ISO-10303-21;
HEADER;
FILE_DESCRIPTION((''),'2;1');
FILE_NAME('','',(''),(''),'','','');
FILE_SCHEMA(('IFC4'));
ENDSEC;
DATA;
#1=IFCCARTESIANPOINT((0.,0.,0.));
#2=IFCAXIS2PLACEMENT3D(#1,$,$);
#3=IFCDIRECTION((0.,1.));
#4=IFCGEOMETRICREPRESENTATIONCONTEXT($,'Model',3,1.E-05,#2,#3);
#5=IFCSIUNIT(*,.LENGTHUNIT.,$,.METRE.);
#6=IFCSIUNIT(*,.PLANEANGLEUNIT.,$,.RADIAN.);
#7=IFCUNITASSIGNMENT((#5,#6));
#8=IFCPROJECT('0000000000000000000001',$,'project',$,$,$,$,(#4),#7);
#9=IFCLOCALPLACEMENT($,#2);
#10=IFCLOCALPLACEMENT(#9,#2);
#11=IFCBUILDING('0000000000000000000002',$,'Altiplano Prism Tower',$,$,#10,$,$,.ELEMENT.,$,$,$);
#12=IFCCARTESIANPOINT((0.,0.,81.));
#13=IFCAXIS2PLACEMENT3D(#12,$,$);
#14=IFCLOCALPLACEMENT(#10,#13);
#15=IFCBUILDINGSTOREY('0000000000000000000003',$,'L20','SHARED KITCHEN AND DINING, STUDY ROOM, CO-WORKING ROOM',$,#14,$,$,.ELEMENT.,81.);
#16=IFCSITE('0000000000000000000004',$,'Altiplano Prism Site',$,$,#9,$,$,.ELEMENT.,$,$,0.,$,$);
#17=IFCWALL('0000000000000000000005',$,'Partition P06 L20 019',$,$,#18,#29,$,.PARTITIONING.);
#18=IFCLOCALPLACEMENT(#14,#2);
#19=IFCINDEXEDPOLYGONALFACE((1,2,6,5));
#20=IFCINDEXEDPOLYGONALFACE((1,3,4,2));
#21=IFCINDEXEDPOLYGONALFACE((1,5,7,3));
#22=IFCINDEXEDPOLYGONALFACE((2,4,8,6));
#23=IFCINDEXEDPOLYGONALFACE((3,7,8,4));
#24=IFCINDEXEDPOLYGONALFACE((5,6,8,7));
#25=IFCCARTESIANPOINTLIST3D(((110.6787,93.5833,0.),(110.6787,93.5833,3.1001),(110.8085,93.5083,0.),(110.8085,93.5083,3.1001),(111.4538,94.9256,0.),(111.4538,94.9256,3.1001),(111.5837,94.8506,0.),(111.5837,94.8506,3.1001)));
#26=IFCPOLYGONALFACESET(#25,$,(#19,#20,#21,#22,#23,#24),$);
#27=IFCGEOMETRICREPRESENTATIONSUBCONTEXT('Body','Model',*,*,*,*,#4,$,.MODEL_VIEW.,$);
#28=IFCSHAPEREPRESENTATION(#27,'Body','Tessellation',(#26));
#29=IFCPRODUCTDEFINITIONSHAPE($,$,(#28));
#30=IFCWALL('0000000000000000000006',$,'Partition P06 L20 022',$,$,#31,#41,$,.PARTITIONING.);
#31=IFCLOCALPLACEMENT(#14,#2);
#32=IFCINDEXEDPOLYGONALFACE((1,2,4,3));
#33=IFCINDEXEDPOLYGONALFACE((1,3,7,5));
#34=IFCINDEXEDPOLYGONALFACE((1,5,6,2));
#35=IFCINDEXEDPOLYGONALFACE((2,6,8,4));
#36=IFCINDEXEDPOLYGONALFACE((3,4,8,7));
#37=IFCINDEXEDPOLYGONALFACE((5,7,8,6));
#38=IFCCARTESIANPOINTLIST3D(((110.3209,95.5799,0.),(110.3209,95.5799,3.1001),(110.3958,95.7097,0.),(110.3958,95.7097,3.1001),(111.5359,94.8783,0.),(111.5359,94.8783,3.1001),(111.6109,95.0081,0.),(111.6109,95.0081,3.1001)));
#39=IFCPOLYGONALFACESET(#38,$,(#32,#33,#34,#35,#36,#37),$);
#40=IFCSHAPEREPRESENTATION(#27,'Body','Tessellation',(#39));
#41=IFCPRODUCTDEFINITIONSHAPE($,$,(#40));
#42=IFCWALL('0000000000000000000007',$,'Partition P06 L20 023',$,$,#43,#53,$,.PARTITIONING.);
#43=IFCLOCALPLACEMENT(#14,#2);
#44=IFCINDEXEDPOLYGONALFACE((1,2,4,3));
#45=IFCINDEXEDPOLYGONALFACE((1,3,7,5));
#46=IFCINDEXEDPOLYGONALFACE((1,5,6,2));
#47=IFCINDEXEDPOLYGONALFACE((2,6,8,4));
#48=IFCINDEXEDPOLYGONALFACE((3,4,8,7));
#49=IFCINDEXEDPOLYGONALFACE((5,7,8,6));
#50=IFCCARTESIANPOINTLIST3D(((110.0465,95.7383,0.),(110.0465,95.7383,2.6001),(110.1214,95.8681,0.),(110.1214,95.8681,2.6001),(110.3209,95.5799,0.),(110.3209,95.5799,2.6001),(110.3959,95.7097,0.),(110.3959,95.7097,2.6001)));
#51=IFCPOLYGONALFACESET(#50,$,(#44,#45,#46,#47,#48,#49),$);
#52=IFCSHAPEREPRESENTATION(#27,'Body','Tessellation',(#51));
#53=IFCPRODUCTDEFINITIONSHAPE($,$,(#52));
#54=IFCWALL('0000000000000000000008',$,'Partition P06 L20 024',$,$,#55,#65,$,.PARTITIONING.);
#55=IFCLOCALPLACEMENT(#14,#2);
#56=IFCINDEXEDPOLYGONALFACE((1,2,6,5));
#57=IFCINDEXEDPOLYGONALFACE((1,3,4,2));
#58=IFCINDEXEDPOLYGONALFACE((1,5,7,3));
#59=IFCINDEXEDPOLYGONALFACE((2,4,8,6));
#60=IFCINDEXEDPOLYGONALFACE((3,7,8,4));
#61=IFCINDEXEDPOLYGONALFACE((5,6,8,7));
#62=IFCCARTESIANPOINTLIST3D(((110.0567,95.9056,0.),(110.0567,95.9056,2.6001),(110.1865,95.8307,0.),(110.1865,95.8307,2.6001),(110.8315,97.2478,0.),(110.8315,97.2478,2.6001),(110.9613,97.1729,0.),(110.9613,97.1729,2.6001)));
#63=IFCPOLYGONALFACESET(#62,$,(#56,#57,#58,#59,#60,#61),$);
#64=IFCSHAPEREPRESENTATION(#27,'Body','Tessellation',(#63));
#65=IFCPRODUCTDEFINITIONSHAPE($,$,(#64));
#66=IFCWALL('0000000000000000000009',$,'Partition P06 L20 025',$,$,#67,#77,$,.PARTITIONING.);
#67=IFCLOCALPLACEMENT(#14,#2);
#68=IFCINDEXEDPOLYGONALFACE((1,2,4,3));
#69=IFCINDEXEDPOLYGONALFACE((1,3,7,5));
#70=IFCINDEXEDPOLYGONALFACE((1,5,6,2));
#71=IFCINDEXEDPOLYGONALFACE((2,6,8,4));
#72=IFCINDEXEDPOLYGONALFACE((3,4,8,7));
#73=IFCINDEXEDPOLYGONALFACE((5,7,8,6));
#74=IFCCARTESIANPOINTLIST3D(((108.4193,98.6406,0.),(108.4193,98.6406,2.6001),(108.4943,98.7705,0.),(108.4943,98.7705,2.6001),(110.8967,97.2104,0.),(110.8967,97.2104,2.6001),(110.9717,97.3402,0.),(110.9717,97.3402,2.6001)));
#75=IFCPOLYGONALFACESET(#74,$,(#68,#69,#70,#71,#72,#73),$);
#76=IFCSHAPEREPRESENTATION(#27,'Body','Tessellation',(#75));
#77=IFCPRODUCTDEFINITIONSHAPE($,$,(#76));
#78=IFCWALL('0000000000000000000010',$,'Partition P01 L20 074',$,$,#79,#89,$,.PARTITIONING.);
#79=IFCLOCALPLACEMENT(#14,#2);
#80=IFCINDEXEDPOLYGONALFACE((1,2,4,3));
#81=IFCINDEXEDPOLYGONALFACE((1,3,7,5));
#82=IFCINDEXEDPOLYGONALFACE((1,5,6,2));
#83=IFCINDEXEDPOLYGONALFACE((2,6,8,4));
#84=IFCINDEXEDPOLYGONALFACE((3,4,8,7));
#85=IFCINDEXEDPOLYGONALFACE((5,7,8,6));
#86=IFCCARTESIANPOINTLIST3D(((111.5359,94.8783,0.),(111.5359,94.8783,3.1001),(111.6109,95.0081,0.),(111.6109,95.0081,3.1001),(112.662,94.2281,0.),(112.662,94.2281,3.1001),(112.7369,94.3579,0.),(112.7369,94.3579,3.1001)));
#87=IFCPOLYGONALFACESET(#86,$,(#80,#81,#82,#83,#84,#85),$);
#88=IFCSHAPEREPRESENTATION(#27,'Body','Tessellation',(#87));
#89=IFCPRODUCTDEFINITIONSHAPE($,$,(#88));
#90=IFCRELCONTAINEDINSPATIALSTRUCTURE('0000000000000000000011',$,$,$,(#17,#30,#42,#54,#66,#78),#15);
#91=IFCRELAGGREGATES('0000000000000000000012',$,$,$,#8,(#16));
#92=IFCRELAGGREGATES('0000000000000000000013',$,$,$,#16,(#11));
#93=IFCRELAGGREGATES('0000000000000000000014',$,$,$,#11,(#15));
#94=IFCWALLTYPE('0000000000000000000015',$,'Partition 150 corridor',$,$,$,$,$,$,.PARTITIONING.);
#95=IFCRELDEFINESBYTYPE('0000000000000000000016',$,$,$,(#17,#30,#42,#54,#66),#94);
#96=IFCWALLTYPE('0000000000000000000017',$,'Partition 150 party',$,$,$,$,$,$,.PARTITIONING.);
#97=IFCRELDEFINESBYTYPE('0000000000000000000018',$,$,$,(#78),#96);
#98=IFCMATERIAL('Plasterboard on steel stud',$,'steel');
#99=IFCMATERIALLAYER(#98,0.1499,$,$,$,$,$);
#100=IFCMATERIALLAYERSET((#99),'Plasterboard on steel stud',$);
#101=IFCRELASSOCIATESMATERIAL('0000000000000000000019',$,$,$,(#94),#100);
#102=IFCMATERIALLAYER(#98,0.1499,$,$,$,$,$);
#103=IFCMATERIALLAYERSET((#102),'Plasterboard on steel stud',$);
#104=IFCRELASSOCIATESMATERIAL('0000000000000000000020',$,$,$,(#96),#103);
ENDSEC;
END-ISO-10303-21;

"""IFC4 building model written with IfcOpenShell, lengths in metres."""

from ifc_helpers import new_model, si_unit, direction, frame, frame_2d, origin, place, context, subcontext, project, spatial, rectangle, extrude, material, layer, layer_set, type_object, element, save


model = new_model("IFC4")

# Units and contexts
model_context = context("Model", 3, precision=1e-05, world=origin(), true_north=direction((0.0, 1.0)))
body_context = subcontext(model_context, "Body", "Model", "MODEL_VIEW")
ifc_project = project(units=[si_unit("LENGTHUNIT", "METRE"), si_unit("PLANEANGLEUNIT", "RADIAN")], contexts=[model_context])

# Site, building, storey
site_placement = place(None, origin())
site = spatial("IfcSite", under=ifc_project, at=site_placement, Name="Altiplano Prism Site", CompositionType="ELEMENT", RefElevation=0.0)
building_placement = place(site_placement, origin())
building = spatial("IfcBuilding", under=site, at=building_placement, Name="Altiplano Prism Tower", CompositionType="ELEMENT")
storey_placement = place(building_placement, frame((0.0, 0.0, 81.0)))
storey = spatial("IfcBuildingStorey", under=building, at=storey_placement, Name="L20", Description="SHARED KITCHEN AND DINING, STUDY ROOM, CO-WORKING ROOM", CompositionType="ELEMENT", Elevation=81.0)

# Walls
ifc_material_1 = material(Name="Plasterboard on steel stud", Category="steel")
ifc_layer_1 = layer(ifc_material_1, 0.1499)
ifc_layer_set_1 = layer_set([ifc_layer_1], Name="Plasterboard on steel stud")
wall_type_1 = type_object("IfcWallType", Name="Partition 150 corridor", PredefinedType="PARTITIONING", material=ifc_layer_set_1)
wall_1_placement = place(storey_placement, frame((110.7437, 93.5459, 0.0), z_axis=(0.0, 0.0, 1.0), x_axis=(0.500086, 0.865976, 0.0)))
element("IfcWall", 1, at=wall_1_placement, inside=storey, type_object=wall_type_1, Name="Partition P06 L20 019", PredefinedType="PARTITIONING", context=body_context, shape_type="SweptSolid", body=[
    extrude(rectangle(XDim=1.55, YDim=0.1499, at=frame_2d((0.7749, 0.0))), origin(), (0.0, 0.0, 1.0), 3.1001),
])
wall_2_placement = place(storey_placement, frame((111.5735, 94.9431, 0.0), z_axis=(0.0, 0.0, 1.0), x_axis=(-0.865986, 0.500069, 0.0)))
element("IfcWall", 2, at=wall_2_placement, inside=storey, type_object=wall_type_1, Name="Partition P06 L20 022", PredefinedType="PARTITIONING", context=body_context, shape_type="SweptSolid", body=[
    extrude(rectangle(XDim=1.4031, YDim=0.1499, at=frame_2d((0.7017, 0.0))), origin(), (0.0, 0.0, 1.0), 3.1001),
])
wall_3_placement = place(storey_placement, frame((110.3584, 95.6448, 0.0), z_axis=(0.0, 0.0, 1.0), x_axis=(-0.866006, 0.500034, 0.0)))
element("IfcWall", 3, at=wall_3_placement, inside=storey, type_object=wall_type_1, Name="Partition P06 L20 023", PredefinedType="PARTITIONING", context=body_context, shape_type="SweptSolid", body=[
    extrude(rectangle(XDim=0.3169, YDim=0.1499, at=frame_2d((0.1584, 0.0))), origin(), (0.0, 0.0, 1.0), 2.6001),
])
wall_4_placement = place(storey_placement, frame((110.1216, 95.8682, 0.0), z_axis=(0.0, 0.0, 1.0), x_axis=(0.499968, 0.866044, 0.0)))
element("IfcWall", 4, at=wall_4_placement, inside=storey, type_object=wall_type_1, Name="Partition P06 L20 024", PredefinedType="PARTITIONING", context=body_context, shape_type="SweptSolid", body=[
    extrude(rectangle(XDim=1.5498, YDim=0.1499, at=frame_2d((0.7749, 0.0))), origin(), (0.0, 0.0, 1.0), 2.6001),
])
wall_5_placement = place(storey_placement, frame((110.9341, 97.2754, 0.0), z_axis=(0.0, 0.0, 1.0), x_axis=(-0.866039, 0.499976, 0.0)))
element("IfcWall", 5, at=wall_5_placement, inside=storey, type_object=wall_type_1, Name="Partition P06 L20 025", PredefinedType="PARTITIONING", context=body_context, shape_type="SweptSolid", body=[
    extrude(rectangle(XDim=2.8606, YDim=0.1499, at=frame_2d((1.4302, 0.0))), origin(), (0.0, 0.0, 1.0), 2.6001),
])
ifc_layer_2 = layer(ifc_material_1, 0.1499)
ifc_layer_set_2 = layer_set([ifc_layer_2], Name="Plasterboard on steel stud")
wall_type_2 = type_object("IfcWallType", Name="Partition 150 party", PredefinedType="PARTITIONING", material=ifc_layer_set_2)
wall_6_placement = place(storey_placement, frame((112.6995, 94.293, 0.0), z_axis=(0.0, 0.0, 1.0), x_axis=(-0.866004, 0.500037, 0.0)))
element("IfcWall", 6, at=wall_6_placement, inside=storey, type_object=wall_type_2, Name="Partition P01 L20 074", PredefinedType="PARTITIONING", context=body_context, shape_type="SweptSolid", body=[
    extrude(rectangle(XDim=1.3003, YDim=0.1499, at=frame_2d((0.6501, 0.0))), origin(), (0.0, 0.0, 1.0), 3.1001),
])

save(model, "model.ifc")
